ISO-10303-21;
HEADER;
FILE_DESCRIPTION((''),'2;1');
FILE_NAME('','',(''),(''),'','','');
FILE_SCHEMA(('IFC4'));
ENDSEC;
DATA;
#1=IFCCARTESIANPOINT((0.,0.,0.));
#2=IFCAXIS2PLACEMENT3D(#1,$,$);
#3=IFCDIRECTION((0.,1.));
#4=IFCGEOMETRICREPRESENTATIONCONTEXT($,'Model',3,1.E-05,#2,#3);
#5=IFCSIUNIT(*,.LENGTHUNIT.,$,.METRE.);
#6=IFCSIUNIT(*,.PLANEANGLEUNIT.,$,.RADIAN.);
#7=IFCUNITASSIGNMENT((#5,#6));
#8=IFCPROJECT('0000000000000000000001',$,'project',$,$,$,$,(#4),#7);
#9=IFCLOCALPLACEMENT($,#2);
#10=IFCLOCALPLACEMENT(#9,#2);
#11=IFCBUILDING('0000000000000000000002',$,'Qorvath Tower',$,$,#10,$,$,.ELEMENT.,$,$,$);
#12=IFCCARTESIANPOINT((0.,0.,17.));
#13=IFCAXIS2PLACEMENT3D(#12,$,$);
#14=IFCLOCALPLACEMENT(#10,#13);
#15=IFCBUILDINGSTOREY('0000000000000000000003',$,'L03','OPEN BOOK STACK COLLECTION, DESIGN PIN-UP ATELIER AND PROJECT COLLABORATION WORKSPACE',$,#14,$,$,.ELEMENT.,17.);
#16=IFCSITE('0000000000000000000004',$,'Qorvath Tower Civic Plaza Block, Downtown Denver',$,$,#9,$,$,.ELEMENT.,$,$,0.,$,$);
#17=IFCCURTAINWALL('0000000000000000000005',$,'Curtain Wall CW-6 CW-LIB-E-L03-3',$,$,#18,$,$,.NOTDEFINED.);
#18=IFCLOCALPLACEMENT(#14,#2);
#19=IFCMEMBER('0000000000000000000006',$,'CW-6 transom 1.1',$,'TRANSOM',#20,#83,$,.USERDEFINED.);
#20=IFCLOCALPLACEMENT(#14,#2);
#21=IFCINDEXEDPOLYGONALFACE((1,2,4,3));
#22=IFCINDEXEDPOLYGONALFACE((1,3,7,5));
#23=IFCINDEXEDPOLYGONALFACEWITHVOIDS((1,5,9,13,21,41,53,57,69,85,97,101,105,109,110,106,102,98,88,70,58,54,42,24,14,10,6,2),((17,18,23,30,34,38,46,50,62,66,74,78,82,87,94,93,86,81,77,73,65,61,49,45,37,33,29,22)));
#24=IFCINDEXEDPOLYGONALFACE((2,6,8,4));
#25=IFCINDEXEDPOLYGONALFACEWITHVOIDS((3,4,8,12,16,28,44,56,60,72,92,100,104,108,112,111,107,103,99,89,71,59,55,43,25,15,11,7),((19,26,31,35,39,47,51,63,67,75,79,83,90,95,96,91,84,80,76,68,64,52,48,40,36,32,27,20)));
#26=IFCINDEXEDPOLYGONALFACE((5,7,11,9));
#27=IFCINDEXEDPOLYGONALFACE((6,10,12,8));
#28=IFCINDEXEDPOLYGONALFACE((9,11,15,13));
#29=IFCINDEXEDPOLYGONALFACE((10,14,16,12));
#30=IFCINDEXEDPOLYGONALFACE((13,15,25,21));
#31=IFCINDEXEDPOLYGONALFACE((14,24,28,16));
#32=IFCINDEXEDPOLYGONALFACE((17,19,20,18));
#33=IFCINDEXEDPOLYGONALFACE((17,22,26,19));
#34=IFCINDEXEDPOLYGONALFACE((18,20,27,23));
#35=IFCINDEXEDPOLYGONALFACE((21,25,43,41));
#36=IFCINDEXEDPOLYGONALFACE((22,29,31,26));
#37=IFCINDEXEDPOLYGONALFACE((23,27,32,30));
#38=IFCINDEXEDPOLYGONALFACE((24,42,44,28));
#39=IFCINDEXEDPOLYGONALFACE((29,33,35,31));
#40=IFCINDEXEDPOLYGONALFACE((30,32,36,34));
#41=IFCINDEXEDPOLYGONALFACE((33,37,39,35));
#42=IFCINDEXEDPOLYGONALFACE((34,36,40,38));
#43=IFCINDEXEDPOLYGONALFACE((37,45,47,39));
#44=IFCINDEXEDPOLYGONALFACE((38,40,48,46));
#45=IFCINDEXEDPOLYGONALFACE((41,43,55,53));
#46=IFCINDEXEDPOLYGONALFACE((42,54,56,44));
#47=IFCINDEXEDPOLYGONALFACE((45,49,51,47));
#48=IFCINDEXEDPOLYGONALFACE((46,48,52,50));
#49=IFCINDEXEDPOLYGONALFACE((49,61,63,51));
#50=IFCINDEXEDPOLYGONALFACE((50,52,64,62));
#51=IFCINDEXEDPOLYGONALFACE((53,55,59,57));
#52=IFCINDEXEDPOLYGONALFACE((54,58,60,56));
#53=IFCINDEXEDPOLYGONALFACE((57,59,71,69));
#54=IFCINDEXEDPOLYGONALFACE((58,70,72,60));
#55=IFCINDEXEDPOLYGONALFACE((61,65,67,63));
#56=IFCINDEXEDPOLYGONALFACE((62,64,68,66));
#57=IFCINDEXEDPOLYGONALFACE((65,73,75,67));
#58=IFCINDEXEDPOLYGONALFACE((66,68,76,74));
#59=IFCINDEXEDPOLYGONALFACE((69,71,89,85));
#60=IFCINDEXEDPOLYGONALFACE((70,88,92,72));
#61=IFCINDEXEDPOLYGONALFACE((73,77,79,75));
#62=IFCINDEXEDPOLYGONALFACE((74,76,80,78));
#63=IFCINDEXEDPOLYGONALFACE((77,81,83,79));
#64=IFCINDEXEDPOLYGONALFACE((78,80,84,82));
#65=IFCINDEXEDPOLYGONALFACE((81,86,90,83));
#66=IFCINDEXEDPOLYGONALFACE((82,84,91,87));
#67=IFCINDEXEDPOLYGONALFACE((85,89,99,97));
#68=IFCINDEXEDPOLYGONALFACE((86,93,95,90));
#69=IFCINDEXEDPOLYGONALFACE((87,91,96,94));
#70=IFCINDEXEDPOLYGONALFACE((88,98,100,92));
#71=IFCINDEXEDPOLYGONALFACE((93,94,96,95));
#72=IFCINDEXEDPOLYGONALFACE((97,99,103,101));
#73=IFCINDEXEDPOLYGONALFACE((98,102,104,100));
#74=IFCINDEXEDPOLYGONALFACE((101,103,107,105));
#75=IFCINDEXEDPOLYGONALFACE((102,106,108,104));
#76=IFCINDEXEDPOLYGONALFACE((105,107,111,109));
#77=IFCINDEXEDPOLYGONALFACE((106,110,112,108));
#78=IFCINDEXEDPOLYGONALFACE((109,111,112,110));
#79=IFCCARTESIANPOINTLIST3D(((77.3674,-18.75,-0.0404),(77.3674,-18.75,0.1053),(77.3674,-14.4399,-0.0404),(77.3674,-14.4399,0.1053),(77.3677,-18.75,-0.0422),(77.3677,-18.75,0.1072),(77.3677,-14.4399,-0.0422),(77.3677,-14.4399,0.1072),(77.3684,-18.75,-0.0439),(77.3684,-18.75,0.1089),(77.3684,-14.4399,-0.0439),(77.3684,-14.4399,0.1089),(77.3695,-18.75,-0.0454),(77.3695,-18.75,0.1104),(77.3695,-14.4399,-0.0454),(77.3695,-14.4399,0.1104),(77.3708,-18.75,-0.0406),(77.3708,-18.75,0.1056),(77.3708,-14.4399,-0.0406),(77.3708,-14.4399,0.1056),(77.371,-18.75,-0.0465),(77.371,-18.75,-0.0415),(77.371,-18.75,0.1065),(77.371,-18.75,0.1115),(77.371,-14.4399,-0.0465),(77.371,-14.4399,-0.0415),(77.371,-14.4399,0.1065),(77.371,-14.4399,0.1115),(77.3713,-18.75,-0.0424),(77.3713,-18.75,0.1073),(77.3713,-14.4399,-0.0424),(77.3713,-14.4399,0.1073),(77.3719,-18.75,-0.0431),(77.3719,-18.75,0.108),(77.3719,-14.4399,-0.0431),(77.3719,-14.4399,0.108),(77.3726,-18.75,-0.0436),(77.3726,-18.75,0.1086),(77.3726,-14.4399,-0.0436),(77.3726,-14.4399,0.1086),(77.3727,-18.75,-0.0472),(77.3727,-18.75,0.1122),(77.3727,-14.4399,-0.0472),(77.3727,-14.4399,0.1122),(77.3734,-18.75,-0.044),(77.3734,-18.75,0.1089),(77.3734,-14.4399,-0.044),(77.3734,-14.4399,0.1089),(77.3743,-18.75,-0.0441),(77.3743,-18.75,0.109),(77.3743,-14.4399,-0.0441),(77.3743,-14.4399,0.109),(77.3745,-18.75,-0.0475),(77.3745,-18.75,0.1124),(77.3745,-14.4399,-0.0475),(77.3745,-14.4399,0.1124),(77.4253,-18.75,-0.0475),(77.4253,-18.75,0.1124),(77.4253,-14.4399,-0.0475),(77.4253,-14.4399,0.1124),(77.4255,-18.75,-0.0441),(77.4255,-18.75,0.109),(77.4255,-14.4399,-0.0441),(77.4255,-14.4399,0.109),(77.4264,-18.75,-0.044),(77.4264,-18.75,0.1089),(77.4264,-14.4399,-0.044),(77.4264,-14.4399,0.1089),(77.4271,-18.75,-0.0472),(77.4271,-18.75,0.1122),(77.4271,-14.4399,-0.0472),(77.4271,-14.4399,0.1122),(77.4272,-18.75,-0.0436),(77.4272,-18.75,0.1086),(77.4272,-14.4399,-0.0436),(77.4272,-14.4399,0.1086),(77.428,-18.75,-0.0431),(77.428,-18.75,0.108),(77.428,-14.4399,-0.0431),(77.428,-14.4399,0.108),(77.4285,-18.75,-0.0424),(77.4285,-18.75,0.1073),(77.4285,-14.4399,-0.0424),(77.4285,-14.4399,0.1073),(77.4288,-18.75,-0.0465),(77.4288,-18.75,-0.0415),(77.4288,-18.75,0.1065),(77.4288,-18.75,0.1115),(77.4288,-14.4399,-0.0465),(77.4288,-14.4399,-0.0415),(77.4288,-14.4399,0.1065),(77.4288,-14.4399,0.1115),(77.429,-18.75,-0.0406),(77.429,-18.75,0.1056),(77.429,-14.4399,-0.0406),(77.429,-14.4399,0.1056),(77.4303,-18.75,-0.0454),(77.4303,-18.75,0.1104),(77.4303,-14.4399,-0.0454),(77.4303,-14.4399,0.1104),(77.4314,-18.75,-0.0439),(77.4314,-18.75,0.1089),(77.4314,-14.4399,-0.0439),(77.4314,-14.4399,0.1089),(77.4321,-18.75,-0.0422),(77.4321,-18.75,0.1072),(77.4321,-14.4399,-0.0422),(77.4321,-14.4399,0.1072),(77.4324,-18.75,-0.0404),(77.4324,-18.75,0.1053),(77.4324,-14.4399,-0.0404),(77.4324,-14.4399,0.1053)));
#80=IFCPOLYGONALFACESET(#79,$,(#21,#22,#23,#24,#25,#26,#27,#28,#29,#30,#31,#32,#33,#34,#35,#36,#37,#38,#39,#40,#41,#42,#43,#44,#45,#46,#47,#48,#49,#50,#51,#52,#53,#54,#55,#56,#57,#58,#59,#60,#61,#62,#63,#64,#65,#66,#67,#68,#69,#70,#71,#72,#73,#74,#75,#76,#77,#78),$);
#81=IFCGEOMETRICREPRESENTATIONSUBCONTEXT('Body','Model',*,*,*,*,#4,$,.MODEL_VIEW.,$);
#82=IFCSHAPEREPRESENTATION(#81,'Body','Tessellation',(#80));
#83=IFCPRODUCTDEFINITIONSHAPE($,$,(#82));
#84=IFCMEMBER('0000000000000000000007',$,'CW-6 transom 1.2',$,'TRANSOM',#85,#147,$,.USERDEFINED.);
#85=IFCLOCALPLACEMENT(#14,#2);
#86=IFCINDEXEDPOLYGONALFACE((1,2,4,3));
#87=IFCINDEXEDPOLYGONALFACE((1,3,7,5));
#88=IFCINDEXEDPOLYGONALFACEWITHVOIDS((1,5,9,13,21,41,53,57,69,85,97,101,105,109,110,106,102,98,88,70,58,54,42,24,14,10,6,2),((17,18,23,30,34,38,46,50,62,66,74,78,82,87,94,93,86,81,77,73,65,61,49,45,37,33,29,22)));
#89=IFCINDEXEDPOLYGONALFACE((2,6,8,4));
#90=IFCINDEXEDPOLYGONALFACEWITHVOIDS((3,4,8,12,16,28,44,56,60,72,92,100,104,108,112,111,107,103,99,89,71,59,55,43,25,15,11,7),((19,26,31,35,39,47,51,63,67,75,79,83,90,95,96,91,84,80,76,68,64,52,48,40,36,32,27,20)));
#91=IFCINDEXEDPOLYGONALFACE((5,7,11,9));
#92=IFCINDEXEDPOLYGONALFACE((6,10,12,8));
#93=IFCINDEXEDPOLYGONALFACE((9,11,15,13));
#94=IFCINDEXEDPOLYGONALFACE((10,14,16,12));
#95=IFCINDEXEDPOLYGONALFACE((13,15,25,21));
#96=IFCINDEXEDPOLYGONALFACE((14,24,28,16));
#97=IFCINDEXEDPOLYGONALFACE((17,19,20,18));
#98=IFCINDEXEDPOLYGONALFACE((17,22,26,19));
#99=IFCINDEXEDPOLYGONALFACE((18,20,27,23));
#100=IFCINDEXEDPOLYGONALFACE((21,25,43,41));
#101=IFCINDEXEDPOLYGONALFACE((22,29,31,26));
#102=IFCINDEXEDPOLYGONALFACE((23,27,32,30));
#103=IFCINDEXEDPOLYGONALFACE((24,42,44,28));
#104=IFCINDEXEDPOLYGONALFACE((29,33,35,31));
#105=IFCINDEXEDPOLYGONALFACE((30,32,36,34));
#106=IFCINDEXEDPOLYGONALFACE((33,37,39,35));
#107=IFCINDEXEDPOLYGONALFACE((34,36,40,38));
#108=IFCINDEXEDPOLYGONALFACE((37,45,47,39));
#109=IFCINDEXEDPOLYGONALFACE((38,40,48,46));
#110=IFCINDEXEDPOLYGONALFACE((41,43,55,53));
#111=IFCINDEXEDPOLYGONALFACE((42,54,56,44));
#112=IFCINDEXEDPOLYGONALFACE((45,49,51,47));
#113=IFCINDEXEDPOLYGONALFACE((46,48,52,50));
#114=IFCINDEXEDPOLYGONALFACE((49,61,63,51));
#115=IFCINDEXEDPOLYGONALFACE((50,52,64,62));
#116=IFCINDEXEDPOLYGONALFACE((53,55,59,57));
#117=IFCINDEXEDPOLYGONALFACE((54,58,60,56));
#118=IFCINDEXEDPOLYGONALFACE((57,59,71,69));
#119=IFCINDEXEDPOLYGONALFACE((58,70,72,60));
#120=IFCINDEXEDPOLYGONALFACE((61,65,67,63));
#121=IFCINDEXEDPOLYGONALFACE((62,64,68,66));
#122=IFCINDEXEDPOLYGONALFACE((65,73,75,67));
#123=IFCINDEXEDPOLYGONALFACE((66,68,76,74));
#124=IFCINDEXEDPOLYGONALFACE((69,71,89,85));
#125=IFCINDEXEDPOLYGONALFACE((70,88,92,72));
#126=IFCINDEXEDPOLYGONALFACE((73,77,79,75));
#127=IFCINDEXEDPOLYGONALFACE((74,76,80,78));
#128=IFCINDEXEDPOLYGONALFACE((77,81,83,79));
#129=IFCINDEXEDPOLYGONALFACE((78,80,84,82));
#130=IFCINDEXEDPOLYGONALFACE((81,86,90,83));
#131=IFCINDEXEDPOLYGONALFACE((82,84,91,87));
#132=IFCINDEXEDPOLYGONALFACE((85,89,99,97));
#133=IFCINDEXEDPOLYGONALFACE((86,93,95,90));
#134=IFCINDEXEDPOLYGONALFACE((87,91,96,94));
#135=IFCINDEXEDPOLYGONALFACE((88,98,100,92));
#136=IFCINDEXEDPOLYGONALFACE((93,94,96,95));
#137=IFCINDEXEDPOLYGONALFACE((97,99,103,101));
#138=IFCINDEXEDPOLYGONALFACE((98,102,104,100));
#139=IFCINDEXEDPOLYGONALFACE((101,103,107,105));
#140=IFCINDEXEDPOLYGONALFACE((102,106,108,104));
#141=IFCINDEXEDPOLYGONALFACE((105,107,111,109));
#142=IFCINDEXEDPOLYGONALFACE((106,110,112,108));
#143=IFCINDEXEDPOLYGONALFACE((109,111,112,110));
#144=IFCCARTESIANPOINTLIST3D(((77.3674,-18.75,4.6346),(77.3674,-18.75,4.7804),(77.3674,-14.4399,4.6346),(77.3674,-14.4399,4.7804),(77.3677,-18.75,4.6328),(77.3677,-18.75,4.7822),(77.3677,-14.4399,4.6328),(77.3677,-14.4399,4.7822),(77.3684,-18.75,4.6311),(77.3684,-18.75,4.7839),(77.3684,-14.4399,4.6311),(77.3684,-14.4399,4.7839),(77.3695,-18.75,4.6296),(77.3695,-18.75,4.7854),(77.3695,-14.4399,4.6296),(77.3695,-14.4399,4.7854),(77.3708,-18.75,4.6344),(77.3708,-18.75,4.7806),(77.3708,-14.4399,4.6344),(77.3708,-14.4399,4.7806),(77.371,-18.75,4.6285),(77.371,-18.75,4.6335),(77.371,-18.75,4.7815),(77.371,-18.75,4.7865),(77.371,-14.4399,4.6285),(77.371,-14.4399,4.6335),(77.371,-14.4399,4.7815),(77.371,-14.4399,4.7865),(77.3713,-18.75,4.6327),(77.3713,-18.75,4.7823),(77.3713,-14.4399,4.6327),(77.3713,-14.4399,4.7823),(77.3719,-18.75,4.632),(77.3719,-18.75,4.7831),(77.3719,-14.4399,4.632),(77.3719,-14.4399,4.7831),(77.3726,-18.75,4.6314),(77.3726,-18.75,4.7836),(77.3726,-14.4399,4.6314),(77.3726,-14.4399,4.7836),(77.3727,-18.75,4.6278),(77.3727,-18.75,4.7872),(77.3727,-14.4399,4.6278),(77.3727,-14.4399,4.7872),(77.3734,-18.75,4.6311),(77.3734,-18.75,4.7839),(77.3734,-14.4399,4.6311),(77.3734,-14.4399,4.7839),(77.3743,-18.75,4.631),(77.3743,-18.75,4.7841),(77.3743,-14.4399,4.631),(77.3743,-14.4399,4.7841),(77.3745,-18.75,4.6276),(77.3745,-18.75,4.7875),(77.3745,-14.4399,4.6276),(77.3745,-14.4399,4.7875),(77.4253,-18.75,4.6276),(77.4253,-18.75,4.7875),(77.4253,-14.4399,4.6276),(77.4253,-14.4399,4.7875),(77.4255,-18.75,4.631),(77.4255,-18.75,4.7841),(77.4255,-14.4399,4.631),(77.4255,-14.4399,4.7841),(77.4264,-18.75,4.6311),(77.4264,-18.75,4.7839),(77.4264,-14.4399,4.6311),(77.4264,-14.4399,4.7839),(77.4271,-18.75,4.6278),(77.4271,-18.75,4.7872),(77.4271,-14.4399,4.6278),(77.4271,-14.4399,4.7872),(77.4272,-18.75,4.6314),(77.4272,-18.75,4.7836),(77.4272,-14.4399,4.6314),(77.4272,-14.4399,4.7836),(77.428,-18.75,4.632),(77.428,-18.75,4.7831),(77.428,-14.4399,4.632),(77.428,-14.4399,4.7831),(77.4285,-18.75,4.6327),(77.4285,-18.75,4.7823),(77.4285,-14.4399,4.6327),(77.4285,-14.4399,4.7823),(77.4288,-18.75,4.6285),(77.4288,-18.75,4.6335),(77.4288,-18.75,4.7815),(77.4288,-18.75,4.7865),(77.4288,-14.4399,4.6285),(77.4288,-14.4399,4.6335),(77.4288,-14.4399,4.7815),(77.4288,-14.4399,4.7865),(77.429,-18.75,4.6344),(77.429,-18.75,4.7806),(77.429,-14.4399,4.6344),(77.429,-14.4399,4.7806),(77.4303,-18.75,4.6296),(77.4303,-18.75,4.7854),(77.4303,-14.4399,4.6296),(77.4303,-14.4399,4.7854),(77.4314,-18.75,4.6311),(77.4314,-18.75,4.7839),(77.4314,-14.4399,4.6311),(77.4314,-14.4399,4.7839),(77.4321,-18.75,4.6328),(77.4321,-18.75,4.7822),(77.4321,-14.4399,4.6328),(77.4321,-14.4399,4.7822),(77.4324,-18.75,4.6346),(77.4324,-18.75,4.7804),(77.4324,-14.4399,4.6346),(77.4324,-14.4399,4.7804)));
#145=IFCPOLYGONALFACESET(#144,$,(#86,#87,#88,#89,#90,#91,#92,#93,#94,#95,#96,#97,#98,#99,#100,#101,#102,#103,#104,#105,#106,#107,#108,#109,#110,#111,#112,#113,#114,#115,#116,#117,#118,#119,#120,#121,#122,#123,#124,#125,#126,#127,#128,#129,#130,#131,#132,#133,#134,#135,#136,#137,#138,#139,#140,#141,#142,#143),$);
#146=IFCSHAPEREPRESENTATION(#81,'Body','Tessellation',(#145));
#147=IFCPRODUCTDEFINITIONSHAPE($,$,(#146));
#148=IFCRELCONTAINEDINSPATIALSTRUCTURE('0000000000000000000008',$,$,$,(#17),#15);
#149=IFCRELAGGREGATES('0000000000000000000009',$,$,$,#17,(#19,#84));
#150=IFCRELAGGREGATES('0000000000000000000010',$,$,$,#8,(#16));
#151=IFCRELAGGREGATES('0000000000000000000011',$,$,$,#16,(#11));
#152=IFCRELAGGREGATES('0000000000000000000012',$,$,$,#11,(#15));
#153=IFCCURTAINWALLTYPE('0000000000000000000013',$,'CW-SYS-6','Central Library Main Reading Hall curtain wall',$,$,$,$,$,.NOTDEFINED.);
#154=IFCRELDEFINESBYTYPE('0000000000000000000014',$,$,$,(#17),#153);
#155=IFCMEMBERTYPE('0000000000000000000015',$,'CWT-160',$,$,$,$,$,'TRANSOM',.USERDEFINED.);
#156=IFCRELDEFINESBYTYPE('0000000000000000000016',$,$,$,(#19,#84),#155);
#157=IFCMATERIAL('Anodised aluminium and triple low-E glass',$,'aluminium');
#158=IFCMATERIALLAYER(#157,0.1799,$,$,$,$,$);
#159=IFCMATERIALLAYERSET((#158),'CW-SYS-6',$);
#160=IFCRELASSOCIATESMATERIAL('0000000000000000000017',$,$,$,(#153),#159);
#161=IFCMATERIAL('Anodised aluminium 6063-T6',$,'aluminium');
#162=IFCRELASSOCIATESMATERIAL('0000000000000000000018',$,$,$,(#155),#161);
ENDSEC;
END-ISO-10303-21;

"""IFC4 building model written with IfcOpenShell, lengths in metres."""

from ifc_helpers import new_model, si_unit, direction, frame, origin, origin_2d, place, context, subcontext, project, spatial, hollow_rectangle, extrude, material, layer, layer_set, material_profile, profile_set, type_object, element, aggregate, save


model = new_model("IFC4")

# Units and contexts
model_context = context("Model", 3, precision=1e-05, world=origin(), true_north=direction((0.0, 1.0)))
body_context = subcontext(model_context, "Body", "Model", "MODEL_VIEW")
ifc_project = project(units=[si_unit("LENGTHUNIT", "METRE"), si_unit("PLANEANGLEUNIT", "RADIAN")], contexts=[model_context])

# Site, building, storey
site_placement = place(None, origin())
site = spatial("IfcSite", under=ifc_project, at=site_placement, Name="Qorvath Tower Civic Plaza Block, Downtown Denver", CompositionType="ELEMENT", RefElevation=0.0)
building_placement = place(site_placement, origin())
building = spatial("IfcBuilding", under=site, at=building_placement, Name="Qorvath Tower", CompositionType="ELEMENT")
storey_placement = place(building_placement, frame((0.0, 0.0, 17.0)))
storey = spatial("IfcBuildingStorey", under=building, at=storey_placement, Name="L03", Description="OPEN BOOK STACK COLLECTION, DESIGN PIN-UP ATELIER AND PROJECT COLLABORATION WORKSPACE", CompositionType="ELEMENT", Elevation=17.0)

# Curtain wall, members
ifc_material_1 = material(Name="Anodised aluminium and triple low-E glass", Category="aluminium")
ifc_layer_1 = layer(ifc_material_1, 0.1799)
ifc_layer_set_1 = layer_set([ifc_layer_1], Name="CW-SYS-6")
curtain_wall_type = type_object("IfcCurtainWallType", Name="CW-SYS-6", Description="Central Library Main Reading Hall curtain wall", PredefinedType="NOTDEFINED", material=ifc_layer_set_1)
curtain_wall_placement = place(storey_placement, origin())
curtain_wall = element("IfcCurtainWall", 1, at=curtain_wall_placement, inside=storey, type_object=curtain_wall_type, Name="Curtain Wall CW-6 CW-LIB-E-L03-3", PredefinedType="NOTDEFINED")
ifc_material_2 = material(Name="Anodised aluminium 6063-T6", Category="aluminium")
ifc_material_profile_1 = material_profile(ifc_material_2, hollow_rectangle(XDim=0.0649, YDim=0.1599, WallThickness=0.0034, InnerFilletRadius=0.0034, OuterFilletRadius=0.0071, at=origin_2d()), Name="CWT 160x65")
ifc_profile_set_1 = profile_set([ifc_material_profile_1], Name="Anodised aluminium 6063-T6")
member_type_1 = type_object("IfcMemberType", Name="CWT-160", ElementType="TRANSOM", PredefinedType="USERDEFINED", material=ifc_profile_set_1)
member_1_placement = place(storey_placement, frame((77.3999, -18.75, 0.0325), z_axis=(0.0, 1.0, 0.0), x_axis=(-1.0, 0.0, 0.0)))
member_1 = element("IfcMember", 2, at=member_1_placement, type_object=member_type_1, Name="CW-6 transom 1.1", ObjectType="TRANSOM", PredefinedType="USERDEFINED", context=body_context, shape_type="SweptSolid", body=[
    extrude(hollow_rectangle(XDim=0.0649, YDim=0.1599, WallThickness=0.0034, InnerFilletRadius=0.0034, OuterFilletRadius=0.0071, at=origin_2d()), origin(), (0.0, 0.0, 1.0), 4.3101),
])
member_2_placement = place(storey_placement, frame((77.3999, -18.75, 4.7075), z_axis=(0.0, 1.0, 0.0), x_axis=(-1.0, 0.0, 0.0)))
member_2 = element("IfcMember", 3, at=member_2_placement, type_object=member_type_1, Name="CW-6 transom 1.2", ObjectType="TRANSOM", PredefinedType="USERDEFINED", context=body_context, shape_type="SweptSolid", body=[
    extrude(hollow_rectangle(XDim=0.0649, YDim=0.1599, WallThickness=0.0034, InnerFilletRadius=0.0034, OuterFilletRadius=0.0071, at=origin_2d()), origin(), (0.0, 0.0, 1.0), 4.3101),
])
aggregate(curtain_wall, [member_1, member_2])

save(model, "model.ifc")
